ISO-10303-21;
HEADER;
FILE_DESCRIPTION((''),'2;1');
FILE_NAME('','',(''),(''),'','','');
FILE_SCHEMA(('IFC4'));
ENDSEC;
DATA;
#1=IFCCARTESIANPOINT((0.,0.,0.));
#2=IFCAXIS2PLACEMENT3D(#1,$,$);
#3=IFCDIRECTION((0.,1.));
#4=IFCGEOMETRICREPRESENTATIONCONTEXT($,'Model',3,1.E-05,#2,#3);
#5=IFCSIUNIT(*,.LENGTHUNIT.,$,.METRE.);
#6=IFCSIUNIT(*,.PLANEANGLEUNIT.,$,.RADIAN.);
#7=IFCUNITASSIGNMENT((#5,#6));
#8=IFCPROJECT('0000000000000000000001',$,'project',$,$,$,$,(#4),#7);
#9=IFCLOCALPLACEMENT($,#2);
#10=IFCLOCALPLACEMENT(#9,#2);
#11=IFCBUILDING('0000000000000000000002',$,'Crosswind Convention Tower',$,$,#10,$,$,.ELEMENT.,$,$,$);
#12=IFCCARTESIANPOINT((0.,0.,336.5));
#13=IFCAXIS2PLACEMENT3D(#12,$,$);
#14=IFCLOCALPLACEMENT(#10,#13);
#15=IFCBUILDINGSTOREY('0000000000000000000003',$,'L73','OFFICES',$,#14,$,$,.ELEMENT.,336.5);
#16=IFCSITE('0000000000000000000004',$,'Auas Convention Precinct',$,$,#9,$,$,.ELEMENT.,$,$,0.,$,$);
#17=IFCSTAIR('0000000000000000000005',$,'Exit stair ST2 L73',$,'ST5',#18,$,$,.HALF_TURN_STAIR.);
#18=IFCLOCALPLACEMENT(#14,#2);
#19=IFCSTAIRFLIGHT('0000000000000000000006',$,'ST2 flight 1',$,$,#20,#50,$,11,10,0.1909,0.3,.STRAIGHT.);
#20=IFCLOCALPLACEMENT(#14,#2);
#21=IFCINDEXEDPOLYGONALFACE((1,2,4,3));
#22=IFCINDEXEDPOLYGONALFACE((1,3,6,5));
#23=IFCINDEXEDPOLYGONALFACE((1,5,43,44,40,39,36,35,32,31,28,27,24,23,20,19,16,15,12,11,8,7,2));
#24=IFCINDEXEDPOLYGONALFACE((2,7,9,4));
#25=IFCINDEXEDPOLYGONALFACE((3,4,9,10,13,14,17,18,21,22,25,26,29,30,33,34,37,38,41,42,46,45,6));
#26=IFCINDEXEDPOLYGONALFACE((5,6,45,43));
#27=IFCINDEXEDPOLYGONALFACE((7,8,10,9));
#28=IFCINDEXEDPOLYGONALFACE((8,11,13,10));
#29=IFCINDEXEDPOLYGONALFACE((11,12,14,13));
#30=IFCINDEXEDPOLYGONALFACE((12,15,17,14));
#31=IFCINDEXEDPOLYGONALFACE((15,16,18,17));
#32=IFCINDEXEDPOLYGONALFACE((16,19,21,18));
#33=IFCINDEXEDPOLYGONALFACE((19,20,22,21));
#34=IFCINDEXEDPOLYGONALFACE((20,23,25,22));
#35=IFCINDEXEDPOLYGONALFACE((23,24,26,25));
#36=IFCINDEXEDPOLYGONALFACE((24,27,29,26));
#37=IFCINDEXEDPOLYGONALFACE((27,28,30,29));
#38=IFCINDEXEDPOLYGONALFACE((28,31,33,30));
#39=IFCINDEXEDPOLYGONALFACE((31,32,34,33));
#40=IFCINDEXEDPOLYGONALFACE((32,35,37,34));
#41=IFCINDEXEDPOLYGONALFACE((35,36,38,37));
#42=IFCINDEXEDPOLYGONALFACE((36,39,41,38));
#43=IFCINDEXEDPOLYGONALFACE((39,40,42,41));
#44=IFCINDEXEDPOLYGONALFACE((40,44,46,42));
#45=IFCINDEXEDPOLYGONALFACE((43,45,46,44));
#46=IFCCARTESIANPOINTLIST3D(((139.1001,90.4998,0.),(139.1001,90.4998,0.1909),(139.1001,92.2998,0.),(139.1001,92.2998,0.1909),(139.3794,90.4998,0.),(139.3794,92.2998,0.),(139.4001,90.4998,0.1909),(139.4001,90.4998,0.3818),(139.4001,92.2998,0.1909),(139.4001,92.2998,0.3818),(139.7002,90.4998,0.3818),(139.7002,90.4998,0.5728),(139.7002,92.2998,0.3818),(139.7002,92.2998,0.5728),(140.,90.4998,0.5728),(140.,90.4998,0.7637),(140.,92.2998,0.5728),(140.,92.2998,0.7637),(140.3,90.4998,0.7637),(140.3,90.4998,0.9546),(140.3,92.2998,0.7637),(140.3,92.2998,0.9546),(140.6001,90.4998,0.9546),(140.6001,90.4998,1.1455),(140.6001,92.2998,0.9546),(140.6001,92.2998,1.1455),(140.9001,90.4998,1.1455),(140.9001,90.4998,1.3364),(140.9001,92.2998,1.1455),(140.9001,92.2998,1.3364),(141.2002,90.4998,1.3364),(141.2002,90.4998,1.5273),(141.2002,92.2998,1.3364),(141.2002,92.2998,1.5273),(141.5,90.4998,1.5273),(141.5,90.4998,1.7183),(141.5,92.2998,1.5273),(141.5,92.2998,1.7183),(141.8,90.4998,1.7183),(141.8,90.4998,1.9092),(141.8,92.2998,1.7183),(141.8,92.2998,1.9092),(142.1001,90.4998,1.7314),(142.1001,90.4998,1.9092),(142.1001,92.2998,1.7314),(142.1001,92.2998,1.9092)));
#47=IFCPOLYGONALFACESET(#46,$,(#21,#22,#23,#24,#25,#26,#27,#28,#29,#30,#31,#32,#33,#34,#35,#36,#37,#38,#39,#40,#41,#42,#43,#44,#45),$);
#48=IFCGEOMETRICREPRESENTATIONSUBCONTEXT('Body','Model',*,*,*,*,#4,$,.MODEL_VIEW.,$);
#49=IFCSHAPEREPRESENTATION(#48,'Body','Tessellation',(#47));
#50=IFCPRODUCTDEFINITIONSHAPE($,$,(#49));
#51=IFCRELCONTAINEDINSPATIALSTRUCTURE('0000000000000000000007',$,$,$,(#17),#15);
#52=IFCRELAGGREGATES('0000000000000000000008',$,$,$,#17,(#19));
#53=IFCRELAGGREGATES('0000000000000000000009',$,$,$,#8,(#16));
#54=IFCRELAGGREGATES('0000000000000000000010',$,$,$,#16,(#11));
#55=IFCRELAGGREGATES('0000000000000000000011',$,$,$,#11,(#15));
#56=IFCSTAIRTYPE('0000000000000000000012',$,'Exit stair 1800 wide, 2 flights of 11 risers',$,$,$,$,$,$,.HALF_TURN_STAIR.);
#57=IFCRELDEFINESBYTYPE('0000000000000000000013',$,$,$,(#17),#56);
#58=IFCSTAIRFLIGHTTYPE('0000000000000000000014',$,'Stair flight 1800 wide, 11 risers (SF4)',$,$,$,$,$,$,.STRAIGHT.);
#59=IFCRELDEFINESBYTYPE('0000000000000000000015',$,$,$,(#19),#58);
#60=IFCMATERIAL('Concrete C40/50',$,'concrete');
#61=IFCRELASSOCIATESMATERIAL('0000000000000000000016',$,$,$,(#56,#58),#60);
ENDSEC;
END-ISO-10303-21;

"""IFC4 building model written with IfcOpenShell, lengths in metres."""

from ifc_helpers import new_model, si_unit, direction, frame, origin, place, context, subcontext, project, spatial, polyline, outline, extrude, material, type_object, element, aggregate, save


model = new_model("IFC4")

# Units and contexts
model_context = context("Model", 3, precision=1e-05, world=origin(), true_north=direction((0.0, 1.0)))
body_context = subcontext(model_context, "Body", "Model", "MODEL_VIEW")
ifc_project = project(units=[si_unit("LENGTHUNIT", "METRE"), si_unit("PLANEANGLEUNIT", "RADIAN")], contexts=[model_context])

# Site, building, storey
site_placement = place(None, origin())
site = spatial("IfcSite", under=ifc_project, at=site_placement, Name="Auas Convention Precinct", CompositionType="ELEMENT", RefElevation=0.0)
building_placement = place(site_placement, origin())
building = spatial("IfcBuilding", under=site, at=building_placement, Name="Crosswind Convention Tower", CompositionType="ELEMENT")
storey_placement = place(building_placement, frame((0.0, 0.0, 336.5)))
storey = spatial("IfcBuildingStorey", under=building, at=storey_placement, Name="L73", Description="OFFICES", CompositionType="ELEMENT", Elevation=336.5)

# Stair, stair flight
ifc_material_1 = material(Name="Concrete C40/50", Category="concrete")
stair_type = type_object("IfcStairType", Name="Exit stair 1800 wide, 2 flights of 11 risers", PredefinedType="HALF_TURN_STAIR", material=ifc_material_1)
stair_placement = place(storey_placement, origin())
stair = element("IfcStair", 1, at=stair_placement, inside=storey, type_object=stair_type, Name="Exit stair ST2 L73", ObjectType="ST5", PredefinedType="HALF_TURN_STAIR")
stair_flight_type = type_object("IfcStairFlightType", Name="Stair flight 1800 wide, 11 risers (SF4)", PredefinedType="STRAIGHT", material=ifc_material_1)
stair_flight_placement = place(storey_placement, frame((139.1001, 91.3999, 0.0), z_axis=(0.0, 0.0, 1.0), x_axis=(1.0, 0.0, 0.0)))
stair_flight = element("IfcStairFlight", 2, at=stair_flight_placement, type_object=stair_flight_type, Name="ST2 flight 1", NumberOfRisers=11, NumberOfTreads=10, PredefinedType="STRAIGHT", RiserHeight=0.1909, TreadLength=0.3, context=body_context, shape_type="SweptSolid", body=[
    extrude(outline(polyline([(0.0, 0.0), (0.0, 0.1909), (0.3, 0.1909), (0.3, 0.3818), (0.6001, 0.3818), (0.6001, 0.5728), (0.8999, 0.5728), (0.8999, 0.7637), (1.2, 0.7637), (1.2, 0.9546), (1.5, 0.9546), (1.5, 1.1455), (1.8, 1.1455), (1.8, 1.3364), (2.1001, 1.3364), (2.1001, 1.5273), (2.3999, 1.5273), (2.3999, 1.7183), (2.7, 1.7183), (2.7, 1.9092), (3.0, 1.9092), (3.0, 2.1001), (3.0, 1.7314), (0.2793, 0.0), (0.0, 0.0)])), frame((0.0, 0.8999, 0.0), z_axis=(0.0, -1.0, 0.0), x_axis=(1.0, 0.0, 0.0)), (0.0, 0.0, 1.0), 1.8),
])
aggregate(stair, [stair_flight])

save(model, "model.ifc")
